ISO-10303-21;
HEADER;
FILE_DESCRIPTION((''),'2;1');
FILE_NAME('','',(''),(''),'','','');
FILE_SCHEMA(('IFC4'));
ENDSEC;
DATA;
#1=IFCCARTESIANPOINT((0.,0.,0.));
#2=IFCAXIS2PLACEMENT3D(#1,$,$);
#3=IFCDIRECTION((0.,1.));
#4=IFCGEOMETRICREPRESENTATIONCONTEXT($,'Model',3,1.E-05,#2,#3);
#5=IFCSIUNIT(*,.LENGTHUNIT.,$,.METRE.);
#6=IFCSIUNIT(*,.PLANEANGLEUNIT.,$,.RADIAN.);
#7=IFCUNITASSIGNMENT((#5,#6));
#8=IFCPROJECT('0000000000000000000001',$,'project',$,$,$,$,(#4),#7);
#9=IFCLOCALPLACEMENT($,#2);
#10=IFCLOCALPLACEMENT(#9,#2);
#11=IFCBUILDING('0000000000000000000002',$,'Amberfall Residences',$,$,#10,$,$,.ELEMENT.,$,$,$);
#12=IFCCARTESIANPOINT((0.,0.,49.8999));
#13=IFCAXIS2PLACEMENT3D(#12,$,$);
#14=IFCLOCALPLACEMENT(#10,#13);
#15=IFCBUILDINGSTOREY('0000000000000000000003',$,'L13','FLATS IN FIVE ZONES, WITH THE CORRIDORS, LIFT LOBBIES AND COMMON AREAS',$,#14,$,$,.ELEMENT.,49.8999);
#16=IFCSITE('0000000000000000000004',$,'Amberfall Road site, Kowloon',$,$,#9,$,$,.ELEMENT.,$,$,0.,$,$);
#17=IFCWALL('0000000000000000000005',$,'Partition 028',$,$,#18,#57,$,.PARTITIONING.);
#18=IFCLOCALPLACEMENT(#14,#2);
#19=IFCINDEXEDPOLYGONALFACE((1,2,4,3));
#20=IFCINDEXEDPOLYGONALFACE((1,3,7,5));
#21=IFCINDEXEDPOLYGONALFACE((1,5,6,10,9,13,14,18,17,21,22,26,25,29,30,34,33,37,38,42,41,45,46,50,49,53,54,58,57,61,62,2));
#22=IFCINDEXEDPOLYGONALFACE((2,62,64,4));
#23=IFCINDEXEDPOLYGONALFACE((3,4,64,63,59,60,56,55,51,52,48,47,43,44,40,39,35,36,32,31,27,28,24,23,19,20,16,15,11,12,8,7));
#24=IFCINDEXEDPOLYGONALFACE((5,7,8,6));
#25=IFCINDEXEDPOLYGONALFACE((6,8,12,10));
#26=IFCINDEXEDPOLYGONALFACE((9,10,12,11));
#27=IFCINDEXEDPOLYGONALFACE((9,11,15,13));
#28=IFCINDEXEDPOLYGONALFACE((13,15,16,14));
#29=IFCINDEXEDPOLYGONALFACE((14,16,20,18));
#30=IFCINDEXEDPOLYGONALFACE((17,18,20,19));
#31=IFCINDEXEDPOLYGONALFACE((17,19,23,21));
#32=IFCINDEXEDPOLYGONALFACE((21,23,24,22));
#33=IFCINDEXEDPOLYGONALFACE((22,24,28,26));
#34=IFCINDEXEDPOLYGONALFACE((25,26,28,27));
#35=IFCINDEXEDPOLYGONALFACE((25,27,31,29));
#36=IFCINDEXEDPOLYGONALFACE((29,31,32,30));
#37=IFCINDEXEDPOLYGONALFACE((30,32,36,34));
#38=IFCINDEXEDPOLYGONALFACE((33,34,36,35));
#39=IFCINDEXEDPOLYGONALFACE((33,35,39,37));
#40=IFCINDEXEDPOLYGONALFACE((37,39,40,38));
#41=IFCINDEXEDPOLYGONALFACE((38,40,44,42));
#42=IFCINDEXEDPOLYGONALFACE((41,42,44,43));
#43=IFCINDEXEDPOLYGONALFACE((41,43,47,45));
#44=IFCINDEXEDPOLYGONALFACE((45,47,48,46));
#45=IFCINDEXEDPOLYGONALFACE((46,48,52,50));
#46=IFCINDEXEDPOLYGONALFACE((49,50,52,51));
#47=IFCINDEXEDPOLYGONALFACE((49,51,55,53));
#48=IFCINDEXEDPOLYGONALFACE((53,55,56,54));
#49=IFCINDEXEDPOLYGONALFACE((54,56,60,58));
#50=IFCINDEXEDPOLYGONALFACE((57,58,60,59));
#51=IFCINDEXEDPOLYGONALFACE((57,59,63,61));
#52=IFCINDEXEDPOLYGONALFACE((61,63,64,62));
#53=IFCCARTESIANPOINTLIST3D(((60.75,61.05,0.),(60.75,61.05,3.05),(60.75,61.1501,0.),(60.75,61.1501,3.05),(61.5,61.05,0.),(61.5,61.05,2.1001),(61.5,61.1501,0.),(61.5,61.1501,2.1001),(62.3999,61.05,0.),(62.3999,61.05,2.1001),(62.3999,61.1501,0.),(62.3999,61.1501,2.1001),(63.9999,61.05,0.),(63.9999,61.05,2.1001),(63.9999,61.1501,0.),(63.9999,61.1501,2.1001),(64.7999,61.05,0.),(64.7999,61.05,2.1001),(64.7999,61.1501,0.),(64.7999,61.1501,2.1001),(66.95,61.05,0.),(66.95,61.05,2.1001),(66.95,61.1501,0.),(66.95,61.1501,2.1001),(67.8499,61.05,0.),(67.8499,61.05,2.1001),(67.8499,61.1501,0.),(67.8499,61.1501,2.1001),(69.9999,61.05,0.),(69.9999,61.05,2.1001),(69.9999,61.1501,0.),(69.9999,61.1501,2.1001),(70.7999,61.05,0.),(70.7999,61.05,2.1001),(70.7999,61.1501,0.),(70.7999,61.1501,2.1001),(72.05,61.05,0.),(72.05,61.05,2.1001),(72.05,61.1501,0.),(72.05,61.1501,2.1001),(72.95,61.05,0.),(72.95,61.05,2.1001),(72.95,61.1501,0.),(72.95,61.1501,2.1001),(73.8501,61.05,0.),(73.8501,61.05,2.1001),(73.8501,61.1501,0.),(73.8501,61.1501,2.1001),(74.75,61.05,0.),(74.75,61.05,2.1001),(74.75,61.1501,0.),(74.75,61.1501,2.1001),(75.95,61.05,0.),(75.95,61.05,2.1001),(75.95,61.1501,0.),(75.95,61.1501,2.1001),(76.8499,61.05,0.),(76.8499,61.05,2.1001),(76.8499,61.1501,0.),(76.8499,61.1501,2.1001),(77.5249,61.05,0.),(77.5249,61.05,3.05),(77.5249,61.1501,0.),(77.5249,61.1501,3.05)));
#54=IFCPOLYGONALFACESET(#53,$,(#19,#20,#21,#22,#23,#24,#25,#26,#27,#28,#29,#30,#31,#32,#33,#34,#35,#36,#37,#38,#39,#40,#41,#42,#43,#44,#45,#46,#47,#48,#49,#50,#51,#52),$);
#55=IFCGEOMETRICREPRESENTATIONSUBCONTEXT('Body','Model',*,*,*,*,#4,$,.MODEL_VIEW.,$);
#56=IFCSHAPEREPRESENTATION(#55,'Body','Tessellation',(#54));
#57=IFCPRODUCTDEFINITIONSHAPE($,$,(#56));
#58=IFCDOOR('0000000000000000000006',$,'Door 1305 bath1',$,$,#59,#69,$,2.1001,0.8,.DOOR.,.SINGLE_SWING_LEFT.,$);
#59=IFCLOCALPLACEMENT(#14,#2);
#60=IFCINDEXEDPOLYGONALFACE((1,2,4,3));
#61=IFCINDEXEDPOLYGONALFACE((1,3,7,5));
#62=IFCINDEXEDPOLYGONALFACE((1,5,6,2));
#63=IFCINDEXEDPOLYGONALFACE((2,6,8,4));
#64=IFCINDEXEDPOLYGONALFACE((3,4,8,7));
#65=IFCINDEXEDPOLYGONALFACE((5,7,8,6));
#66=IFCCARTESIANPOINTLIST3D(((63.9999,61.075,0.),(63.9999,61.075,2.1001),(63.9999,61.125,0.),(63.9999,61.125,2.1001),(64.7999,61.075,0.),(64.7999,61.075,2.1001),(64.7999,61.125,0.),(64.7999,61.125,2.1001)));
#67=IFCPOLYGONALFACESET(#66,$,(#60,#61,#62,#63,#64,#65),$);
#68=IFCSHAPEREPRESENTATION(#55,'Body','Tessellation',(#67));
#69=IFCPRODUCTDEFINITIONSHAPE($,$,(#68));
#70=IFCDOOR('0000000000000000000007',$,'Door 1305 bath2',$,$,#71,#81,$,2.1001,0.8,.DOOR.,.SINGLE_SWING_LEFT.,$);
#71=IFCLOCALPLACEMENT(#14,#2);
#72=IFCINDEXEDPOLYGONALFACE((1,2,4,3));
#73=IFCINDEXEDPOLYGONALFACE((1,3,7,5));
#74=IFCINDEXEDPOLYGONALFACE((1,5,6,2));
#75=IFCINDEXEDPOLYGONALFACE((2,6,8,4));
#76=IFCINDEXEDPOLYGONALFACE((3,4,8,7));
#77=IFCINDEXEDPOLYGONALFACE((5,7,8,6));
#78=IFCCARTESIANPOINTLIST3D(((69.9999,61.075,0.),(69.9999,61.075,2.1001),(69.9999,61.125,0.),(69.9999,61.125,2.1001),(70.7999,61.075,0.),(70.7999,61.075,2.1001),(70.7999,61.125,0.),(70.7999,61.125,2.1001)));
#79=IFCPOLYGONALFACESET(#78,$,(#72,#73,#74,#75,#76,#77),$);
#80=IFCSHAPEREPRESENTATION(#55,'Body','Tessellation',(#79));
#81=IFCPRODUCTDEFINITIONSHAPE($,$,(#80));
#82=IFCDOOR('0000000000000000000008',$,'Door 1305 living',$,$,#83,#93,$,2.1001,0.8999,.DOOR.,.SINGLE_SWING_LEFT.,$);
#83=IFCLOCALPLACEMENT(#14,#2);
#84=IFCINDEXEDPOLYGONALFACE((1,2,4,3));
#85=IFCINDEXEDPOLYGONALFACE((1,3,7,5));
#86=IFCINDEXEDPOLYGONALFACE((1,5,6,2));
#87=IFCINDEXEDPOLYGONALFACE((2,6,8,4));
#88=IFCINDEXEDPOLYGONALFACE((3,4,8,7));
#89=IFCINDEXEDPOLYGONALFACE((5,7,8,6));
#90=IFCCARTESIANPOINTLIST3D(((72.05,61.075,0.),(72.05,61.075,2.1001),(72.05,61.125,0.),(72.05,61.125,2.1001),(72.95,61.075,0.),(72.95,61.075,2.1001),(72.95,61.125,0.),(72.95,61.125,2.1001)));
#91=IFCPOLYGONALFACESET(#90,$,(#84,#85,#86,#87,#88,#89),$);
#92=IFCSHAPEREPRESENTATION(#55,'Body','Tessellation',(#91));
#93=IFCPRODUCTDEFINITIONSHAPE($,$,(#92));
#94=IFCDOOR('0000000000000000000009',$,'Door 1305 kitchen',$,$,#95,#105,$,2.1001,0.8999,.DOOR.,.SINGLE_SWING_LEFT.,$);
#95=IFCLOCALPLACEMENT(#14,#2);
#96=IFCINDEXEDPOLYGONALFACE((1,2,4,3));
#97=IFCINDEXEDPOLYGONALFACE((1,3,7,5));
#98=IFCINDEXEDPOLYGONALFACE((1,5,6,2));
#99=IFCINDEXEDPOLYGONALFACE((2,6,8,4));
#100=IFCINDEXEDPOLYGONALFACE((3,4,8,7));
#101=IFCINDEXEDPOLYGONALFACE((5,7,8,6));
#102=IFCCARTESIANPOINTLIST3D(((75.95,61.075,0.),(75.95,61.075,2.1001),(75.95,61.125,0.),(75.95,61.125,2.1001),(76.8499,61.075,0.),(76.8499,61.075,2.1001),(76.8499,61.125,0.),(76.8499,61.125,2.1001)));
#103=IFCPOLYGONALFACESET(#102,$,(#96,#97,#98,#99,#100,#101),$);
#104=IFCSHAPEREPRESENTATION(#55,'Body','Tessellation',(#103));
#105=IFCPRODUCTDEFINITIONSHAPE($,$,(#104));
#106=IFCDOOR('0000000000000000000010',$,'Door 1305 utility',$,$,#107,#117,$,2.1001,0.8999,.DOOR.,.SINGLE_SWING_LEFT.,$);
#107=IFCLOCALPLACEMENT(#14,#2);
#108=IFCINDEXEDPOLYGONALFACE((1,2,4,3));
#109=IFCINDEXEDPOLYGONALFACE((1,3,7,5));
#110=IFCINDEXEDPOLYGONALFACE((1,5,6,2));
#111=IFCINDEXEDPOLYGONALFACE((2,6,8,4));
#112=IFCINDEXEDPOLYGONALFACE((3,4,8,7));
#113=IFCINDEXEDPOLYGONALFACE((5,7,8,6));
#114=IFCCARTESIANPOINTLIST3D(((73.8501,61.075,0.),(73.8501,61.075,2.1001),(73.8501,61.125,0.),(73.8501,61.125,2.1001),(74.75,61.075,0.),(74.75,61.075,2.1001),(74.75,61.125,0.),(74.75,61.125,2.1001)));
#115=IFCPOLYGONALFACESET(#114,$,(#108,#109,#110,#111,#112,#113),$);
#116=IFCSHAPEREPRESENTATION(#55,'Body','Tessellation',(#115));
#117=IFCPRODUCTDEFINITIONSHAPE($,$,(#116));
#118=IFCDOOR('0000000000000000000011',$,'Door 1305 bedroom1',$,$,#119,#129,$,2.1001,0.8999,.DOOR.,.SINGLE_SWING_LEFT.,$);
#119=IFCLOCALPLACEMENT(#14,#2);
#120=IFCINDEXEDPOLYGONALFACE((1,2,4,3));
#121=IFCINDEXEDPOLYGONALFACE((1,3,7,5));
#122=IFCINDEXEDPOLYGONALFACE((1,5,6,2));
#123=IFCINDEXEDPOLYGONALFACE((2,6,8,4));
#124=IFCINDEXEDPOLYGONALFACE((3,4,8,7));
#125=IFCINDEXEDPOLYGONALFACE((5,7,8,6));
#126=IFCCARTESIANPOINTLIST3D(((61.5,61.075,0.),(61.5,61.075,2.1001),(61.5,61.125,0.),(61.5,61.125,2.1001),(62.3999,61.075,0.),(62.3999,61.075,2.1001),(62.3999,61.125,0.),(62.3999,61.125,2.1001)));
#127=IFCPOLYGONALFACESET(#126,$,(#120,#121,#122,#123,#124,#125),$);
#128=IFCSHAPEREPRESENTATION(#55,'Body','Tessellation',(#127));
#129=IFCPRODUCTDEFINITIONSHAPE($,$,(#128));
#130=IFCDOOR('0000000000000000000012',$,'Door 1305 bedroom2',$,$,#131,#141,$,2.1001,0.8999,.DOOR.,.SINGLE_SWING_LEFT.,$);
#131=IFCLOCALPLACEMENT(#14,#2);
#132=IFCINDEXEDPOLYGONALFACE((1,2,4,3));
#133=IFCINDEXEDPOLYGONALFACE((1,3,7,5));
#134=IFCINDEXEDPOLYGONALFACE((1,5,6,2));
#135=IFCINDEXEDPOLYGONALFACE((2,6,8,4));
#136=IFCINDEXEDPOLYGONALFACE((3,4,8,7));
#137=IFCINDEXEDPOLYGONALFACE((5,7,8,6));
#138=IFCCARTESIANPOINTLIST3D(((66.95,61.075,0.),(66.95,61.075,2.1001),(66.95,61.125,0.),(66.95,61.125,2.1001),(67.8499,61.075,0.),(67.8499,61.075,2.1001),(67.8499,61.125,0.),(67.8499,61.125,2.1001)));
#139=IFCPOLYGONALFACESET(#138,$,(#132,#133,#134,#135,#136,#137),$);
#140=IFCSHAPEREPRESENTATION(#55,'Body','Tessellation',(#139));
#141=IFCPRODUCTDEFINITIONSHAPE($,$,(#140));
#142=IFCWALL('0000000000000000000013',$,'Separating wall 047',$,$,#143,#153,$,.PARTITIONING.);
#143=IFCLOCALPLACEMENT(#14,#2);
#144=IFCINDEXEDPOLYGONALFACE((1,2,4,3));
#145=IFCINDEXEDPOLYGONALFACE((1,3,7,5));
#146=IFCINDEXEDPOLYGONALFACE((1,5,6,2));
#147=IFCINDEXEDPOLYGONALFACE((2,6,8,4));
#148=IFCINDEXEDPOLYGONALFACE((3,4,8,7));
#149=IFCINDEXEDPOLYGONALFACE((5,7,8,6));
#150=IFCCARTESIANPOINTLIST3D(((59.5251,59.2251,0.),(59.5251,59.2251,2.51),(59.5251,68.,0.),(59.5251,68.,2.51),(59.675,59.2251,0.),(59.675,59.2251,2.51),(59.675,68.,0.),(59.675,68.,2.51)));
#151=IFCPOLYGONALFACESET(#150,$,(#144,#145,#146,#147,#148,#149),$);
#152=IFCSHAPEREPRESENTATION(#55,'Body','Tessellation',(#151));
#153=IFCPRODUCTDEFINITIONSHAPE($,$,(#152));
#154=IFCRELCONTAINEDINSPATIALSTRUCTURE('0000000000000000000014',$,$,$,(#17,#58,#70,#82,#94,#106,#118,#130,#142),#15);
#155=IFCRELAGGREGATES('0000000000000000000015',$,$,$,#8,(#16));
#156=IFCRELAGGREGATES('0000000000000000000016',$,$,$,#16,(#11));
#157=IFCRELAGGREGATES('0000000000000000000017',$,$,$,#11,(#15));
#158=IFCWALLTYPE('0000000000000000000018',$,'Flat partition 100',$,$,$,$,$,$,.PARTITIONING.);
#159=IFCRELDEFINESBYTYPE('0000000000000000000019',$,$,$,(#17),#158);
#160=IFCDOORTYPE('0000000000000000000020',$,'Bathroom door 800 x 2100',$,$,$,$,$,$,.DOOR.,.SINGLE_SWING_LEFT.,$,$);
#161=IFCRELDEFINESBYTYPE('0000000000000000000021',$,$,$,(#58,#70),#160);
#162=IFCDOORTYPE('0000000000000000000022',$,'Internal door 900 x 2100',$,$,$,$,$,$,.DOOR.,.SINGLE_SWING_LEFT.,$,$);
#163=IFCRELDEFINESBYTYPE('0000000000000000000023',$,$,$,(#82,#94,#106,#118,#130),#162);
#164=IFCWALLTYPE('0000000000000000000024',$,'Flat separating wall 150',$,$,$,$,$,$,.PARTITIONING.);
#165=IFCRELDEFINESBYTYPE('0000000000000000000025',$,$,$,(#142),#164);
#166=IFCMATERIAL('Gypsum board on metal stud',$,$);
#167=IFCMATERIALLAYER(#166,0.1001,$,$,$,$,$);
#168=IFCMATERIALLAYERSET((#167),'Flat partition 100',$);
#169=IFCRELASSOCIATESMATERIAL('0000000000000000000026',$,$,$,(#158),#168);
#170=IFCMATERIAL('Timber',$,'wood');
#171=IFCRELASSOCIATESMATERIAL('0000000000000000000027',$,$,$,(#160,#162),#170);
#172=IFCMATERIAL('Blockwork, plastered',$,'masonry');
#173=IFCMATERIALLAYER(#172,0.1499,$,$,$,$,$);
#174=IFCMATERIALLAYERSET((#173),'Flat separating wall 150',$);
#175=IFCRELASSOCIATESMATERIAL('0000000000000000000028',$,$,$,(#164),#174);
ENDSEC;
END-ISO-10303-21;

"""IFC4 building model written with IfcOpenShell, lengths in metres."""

from ifc_helpers import new_model, si_unit, direction, frame, frame_2d, origin, place, context, subcontext, project, spatial, rectangle, extrude, material, layer, layer_set, type_object, element, fill, save


model = new_model("IFC4")

# Units and contexts
model_context = context("Model", 3, precision=1e-05, world=origin(), true_north=direction((0.0, 1.0)))
body_context = subcontext(model_context, "Body", "Model", "MODEL_VIEW")
ifc_project = project(units=[si_unit("LENGTHUNIT", "METRE"), si_unit("PLANEANGLEUNIT", "RADIAN")], contexts=[model_context])

# Site, building, storey
site_placement = place(None, origin())
site = spatial("IfcSite", under=ifc_project, at=site_placement, Name="Amberfall Road site, Kowloon", CompositionType="ELEMENT", RefElevation=0.0)
building_placement = place(site_placement, origin())
building = spatial("IfcBuilding", under=site, at=building_placement, Name="Amberfall Residences", CompositionType="ELEMENT")
storey_placement = place(building_placement, frame((0.0, 0.0, 49.8999)))
storey = spatial("IfcBuildingStorey", under=building, at=storey_placement, Name="L13", Description="FLATS IN FIVE ZONES, WITH THE CORRIDORS, LIFT LOBBIES AND COMMON AREAS", CompositionType="ELEMENT", Elevation=49.8999)

# Shared definitions
ifc_material_1 = material(Name="Gypsum board on metal stud")
ifc_layer_1 = layer(ifc_material_1, 0.1001)
ifc_layer_set_1 = layer_set([ifc_layer_1], Name="Flat partition 100")
wall_type_1 = type_object("IfcWallType", Name="Flat partition 100", PredefinedType="PARTITIONING", material=ifc_layer_set_1)

# Wall, openings, doors
wall_1_placement = place(storey_placement, frame((60.75, 61.1001, 0.0), z_axis=(0.0, 0.0, 1.0), x_axis=(1.0, 0.0, 0.0)))
wall_1 = element("IfcWall", 1, at=wall_1_placement, inside=storey, type_object=wall_type_1, Name="Partition 028", PredefinedType="PARTITIONING", context=body_context, shape_type="SweptSolid", body=[
    extrude(rectangle(XDim=16.7749, YDim=0.1001, at=frame_2d((8.3875, 0.0))), origin(), (0.0, 0.0, 1.0), 3.05),
])
opening_1_placement = place(wall_1_placement, frame((11.3, 0.0, 0.0)))
opening_1 = element("IfcOpeningElement", 2, at=opening_1_placement, cuts=wall_1, PredefinedType="OPENING", context=body_context, shape_type="SweptSolid", body=[
    extrude(rectangle(XDim=0.8999, YDim=2.1001, at=frame_2d((0.45, 1.05))), frame((0.0, 0.0601, 0.0), z_axis=(0.0, -1.0, 0.0), x_axis=(1.0, 0.0, 0.0)), (0.0, 0.0, 1.0), 0.1201),
])
opening_2_placement = place(wall_1_placement, frame((15.2, 0.0, 0.0)))
opening_2 = element("IfcOpeningElement", 3, at=opening_2_placement, cuts=wall_1, PredefinedType="OPENING", context=body_context, shape_type="SweptSolid", body=[
    extrude(rectangle(XDim=0.8999, YDim=2.1001, at=frame_2d((0.45, 1.05))), frame((0.0, 0.0601, 0.0), z_axis=(0.0, -1.0, 0.0), x_axis=(1.0, 0.0, 0.0)), (0.0, 0.0, 1.0), 0.1201),
])
opening_3_placement = place(wall_1_placement, frame((13.1001, 0.0, 0.0)))
opening_3 = element("IfcOpeningElement", 4, at=opening_3_placement, cuts=wall_1, PredefinedType="OPENING", context=body_context, shape_type="SweptSolid", body=[
    extrude(rectangle(XDim=0.8999, YDim=2.1001, at=frame_2d((0.45, 1.05))), frame((0.0, 0.0601, 0.0), z_axis=(0.0, -1.0, 0.0), x_axis=(1.0, 0.0, 0.0)), (0.0, 0.0, 1.0), 0.1201),
])
opening_4_placement = place(wall_1_placement, frame((0.75, 0.0, 0.0)))
opening_4 = element("IfcOpeningElement", 5, at=opening_4_placement, cuts=wall_1, PredefinedType="OPENING", context=body_context, shape_type="SweptSolid", body=[
    extrude(rectangle(XDim=0.8999, YDim=2.1001, at=frame_2d((0.45, 1.05))), frame((0.0, 0.0601, 0.0), z_axis=(0.0, -1.0, 0.0), x_axis=(1.0, 0.0, 0.0)), (0.0, 0.0, 1.0), 0.1201),
])
opening_5_placement = place(wall_1_placement, frame((6.2, 0.0, 0.0)))
opening_5 = element("IfcOpeningElement", 6, at=opening_5_placement, cuts=wall_1, PredefinedType="OPENING", context=body_context, shape_type="SweptSolid", body=[
    extrude(rectangle(XDim=0.8999, YDim=2.1001, at=frame_2d((0.45, 1.05))), frame((0.0, 0.0601, 0.0), z_axis=(0.0, -1.0, 0.0), x_axis=(1.0, 0.0, 0.0)), (0.0, 0.0, 1.0), 0.1201),
])
opening_6_placement = place(wall_1_placement, frame((3.25, 0.0, 0.0)))
opening_6 = element("IfcOpeningElement", 7, at=opening_6_placement, cuts=wall_1, PredefinedType="OPENING", context=body_context, shape_type="SweptSolid", body=[
    extrude(rectangle(XDim=0.8, YDim=2.1001, at=frame_2d((0.3999, 1.05))), frame((0.0, 0.0601, 0.0), z_axis=(0.0, -1.0, 0.0), x_axis=(1.0, 0.0, 0.0)), (0.0, 0.0, 1.0), 0.1201),
])
opening_7_placement = place(wall_1_placement, frame((9.25, 0.0, 0.0)))
opening_7 = element("IfcOpeningElement", 8, at=opening_7_placement, cuts=wall_1, PredefinedType="OPENING", context=body_context, shape_type="SweptSolid", body=[
    extrude(rectangle(XDim=0.8, YDim=2.1001, at=frame_2d((0.3999, 1.05))), frame((0.0, 0.0601, 0.0), z_axis=(0.0, -1.0, 0.0), x_axis=(1.0, 0.0, 0.0)), (0.0, 0.0, 1.0), 0.1201),
])
ifc_material_2 = material(Name="Timber", Category="wood")
door_type_1 = type_object("IfcDoorType", Name="Bathroom door 800 x 2100", OperationType="SINGLE_SWING_LEFT", PredefinedType="DOOR", material=ifc_material_2)
door_1_placement = place(opening_6_placement, origin())
door_1 = element("IfcDoor", 9, at=door_1_placement, inside=storey, type_object=door_type_1, Name="Door 1305 bath1", OperationType="SINGLE_SWING_LEFT", OverallHeight=2.1001, OverallWidth=0.8, PredefinedType="DOOR", context=body_context, shape_type="SweptSolid", body=[
    extrude(rectangle(XDim=0.8, YDim=2.1001, at=frame_2d((0.3999, 1.05))), frame((0.0, 0.0249, 0.0), z_axis=(0.0, -1.0, 0.0), x_axis=(1.0, 0.0, 0.0)), (0.0, 0.0, 1.0), 0.05),
])
fill(opening_6, door_1)
door_2_placement = place(opening_7_placement, origin())
door_2 = element("IfcDoor", 10, at=door_2_placement, inside=storey, type_object=door_type_1, Name="Door 1305 bath2", OperationType="SINGLE_SWING_LEFT", OverallHeight=2.1001, OverallWidth=0.8, PredefinedType="DOOR", context=body_context, shape_type="SweptSolid", body=[
    extrude(rectangle(XDim=0.8, YDim=2.1001, at=frame_2d((0.3999, 1.05))), frame((0.0, 0.0249, 0.0), z_axis=(0.0, -1.0, 0.0), x_axis=(1.0, 0.0, 0.0)), (0.0, 0.0, 1.0), 0.05),
])
fill(opening_7, door_2)
door_type_2 = type_object("IfcDoorType", Name="Internal door 900 x 2100", OperationType="SINGLE_SWING_LEFT", PredefinedType="DOOR", material=ifc_material_2)
door_3_placement = place(opening_1_placement, origin())
door_3 = element("IfcDoor", 11, at=door_3_placement, inside=storey, type_object=door_type_2, Name="Door 1305 living", OperationType="SINGLE_SWING_LEFT", OverallHeight=2.1001, OverallWidth=0.8999, PredefinedType="DOOR", context=body_context, shape_type="SweptSolid", body=[
    extrude(rectangle(XDim=0.8999, YDim=2.1001, at=frame_2d((0.45, 1.05))), frame((0.0, 0.0249, 0.0), z_axis=(0.0, -1.0, 0.0), x_axis=(1.0, 0.0, 0.0)), (0.0, 0.0, 1.0), 0.05),
])
fill(opening_1, door_3)
door_4_placement = place(opening_2_placement, origin())
door_4 = element("IfcDoor", 12, at=door_4_placement, inside=storey, type_object=door_type_2, Name="Door 1305 kitchen", OperationType="SINGLE_SWING_LEFT", OverallHeight=2.1001, OverallWidth=0.8999, PredefinedType="DOOR", context=body_context, shape_type="SweptSolid", body=[
    extrude(rectangle(XDim=0.8999, YDim=2.1001, at=frame_2d((0.45, 1.05))), frame((0.0, 0.0249, 0.0), z_axis=(0.0, -1.0, 0.0), x_axis=(1.0, 0.0, 0.0)), (0.0, 0.0, 1.0), 0.05),
])
fill(opening_2, door_4)
door_5_placement = place(opening_3_placement, origin())
door_5 = element("IfcDoor", 13, at=door_5_placement, inside=storey, type_object=door_type_2, Name="Door 1305 utility", OperationType="SINGLE_SWING_LEFT", OverallHeight=2.1001, OverallWidth=0.8999, PredefinedType="DOOR", context=body_context, shape_type="SweptSolid", body=[
    extrude(rectangle(XDim=0.8999, YDim=2.1001, at=frame_2d((0.45, 1.05))), frame((0.0, 0.0249, 0.0), z_axis=(0.0, -1.0, 0.0), x_axis=(1.0, 0.0, 0.0)), (0.0, 0.0, 1.0), 0.05),
])
fill(opening_3, door_5)
door_6_placement = place(opening_4_placement, origin())
door_6 = element("IfcDoor", 14, at=door_6_placement, inside=storey, type_object=door_type_2, Name="Door 1305 bedroom1", OperationType="SINGLE_SWING_LEFT", OverallHeight=2.1001, OverallWidth=0.8999, PredefinedType="DOOR", context=body_context, shape_type="SweptSolid", body=[
    extrude(rectangle(XDim=0.8999, YDim=2.1001, at=frame_2d((0.45, 1.05))), frame((0.0, 0.0249, 0.0), z_axis=(0.0, -1.0, 0.0), x_axis=(1.0, 0.0, 0.0)), (0.0, 0.0, 1.0), 0.05),
])
fill(opening_4, door_6)
door_7_placement = place(opening_5_placement, origin())
door_7 = element("IfcDoor", 15, at=door_7_placement, inside=storey, type_object=door_type_2, Name="Door 1305 bedroom2", OperationType="SINGLE_SWING_LEFT", OverallHeight=2.1001, OverallWidth=0.8999, PredefinedType="DOOR", context=body_context, shape_type="SweptSolid", body=[
    extrude(rectangle(XDim=0.8999, YDim=2.1001, at=frame_2d((0.45, 1.05))), frame((0.0, 0.0249, 0.0), z_axis=(0.0, -1.0, 0.0), x_axis=(1.0, 0.0, 0.0)), (0.0, 0.0, 1.0), 0.05),
])
fill(opening_5, door_7)

# Wall
ifc_material_3 = material(Name="Blockwork, plastered", Category="masonry")
ifc_layer_2 = layer(ifc_material_3, 0.1499)
ifc_layer_set_2 = layer_set([ifc_layer_2], Name="Flat separating wall 150")
wall_type_2 = type_object("IfcWallType", Name="Flat separating wall 150", PredefinedType="PARTITIONING", material=ifc_layer_set_2)
wall_2_placement = place(storey_placement, frame((59.6001, 59.2251, 0.0), z_axis=(0.0, 0.0, 1.0), x_axis=(0.0, 1.0, 0.0)))
element("IfcWall", 16, at=wall_2_placement, inside=storey, type_object=wall_type_2, Name="Separating wall 047", PredefinedType="PARTITIONING", context=body_context, shape_type="SweptSolid", body=[
    extrude(rectangle(XDim=8.7749, YDim=0.1499, at=frame_2d((4.3875, 0.0))), origin(), (0.0, 0.0, 1.0), 2.51),
])

save(model, "model.ifc")
